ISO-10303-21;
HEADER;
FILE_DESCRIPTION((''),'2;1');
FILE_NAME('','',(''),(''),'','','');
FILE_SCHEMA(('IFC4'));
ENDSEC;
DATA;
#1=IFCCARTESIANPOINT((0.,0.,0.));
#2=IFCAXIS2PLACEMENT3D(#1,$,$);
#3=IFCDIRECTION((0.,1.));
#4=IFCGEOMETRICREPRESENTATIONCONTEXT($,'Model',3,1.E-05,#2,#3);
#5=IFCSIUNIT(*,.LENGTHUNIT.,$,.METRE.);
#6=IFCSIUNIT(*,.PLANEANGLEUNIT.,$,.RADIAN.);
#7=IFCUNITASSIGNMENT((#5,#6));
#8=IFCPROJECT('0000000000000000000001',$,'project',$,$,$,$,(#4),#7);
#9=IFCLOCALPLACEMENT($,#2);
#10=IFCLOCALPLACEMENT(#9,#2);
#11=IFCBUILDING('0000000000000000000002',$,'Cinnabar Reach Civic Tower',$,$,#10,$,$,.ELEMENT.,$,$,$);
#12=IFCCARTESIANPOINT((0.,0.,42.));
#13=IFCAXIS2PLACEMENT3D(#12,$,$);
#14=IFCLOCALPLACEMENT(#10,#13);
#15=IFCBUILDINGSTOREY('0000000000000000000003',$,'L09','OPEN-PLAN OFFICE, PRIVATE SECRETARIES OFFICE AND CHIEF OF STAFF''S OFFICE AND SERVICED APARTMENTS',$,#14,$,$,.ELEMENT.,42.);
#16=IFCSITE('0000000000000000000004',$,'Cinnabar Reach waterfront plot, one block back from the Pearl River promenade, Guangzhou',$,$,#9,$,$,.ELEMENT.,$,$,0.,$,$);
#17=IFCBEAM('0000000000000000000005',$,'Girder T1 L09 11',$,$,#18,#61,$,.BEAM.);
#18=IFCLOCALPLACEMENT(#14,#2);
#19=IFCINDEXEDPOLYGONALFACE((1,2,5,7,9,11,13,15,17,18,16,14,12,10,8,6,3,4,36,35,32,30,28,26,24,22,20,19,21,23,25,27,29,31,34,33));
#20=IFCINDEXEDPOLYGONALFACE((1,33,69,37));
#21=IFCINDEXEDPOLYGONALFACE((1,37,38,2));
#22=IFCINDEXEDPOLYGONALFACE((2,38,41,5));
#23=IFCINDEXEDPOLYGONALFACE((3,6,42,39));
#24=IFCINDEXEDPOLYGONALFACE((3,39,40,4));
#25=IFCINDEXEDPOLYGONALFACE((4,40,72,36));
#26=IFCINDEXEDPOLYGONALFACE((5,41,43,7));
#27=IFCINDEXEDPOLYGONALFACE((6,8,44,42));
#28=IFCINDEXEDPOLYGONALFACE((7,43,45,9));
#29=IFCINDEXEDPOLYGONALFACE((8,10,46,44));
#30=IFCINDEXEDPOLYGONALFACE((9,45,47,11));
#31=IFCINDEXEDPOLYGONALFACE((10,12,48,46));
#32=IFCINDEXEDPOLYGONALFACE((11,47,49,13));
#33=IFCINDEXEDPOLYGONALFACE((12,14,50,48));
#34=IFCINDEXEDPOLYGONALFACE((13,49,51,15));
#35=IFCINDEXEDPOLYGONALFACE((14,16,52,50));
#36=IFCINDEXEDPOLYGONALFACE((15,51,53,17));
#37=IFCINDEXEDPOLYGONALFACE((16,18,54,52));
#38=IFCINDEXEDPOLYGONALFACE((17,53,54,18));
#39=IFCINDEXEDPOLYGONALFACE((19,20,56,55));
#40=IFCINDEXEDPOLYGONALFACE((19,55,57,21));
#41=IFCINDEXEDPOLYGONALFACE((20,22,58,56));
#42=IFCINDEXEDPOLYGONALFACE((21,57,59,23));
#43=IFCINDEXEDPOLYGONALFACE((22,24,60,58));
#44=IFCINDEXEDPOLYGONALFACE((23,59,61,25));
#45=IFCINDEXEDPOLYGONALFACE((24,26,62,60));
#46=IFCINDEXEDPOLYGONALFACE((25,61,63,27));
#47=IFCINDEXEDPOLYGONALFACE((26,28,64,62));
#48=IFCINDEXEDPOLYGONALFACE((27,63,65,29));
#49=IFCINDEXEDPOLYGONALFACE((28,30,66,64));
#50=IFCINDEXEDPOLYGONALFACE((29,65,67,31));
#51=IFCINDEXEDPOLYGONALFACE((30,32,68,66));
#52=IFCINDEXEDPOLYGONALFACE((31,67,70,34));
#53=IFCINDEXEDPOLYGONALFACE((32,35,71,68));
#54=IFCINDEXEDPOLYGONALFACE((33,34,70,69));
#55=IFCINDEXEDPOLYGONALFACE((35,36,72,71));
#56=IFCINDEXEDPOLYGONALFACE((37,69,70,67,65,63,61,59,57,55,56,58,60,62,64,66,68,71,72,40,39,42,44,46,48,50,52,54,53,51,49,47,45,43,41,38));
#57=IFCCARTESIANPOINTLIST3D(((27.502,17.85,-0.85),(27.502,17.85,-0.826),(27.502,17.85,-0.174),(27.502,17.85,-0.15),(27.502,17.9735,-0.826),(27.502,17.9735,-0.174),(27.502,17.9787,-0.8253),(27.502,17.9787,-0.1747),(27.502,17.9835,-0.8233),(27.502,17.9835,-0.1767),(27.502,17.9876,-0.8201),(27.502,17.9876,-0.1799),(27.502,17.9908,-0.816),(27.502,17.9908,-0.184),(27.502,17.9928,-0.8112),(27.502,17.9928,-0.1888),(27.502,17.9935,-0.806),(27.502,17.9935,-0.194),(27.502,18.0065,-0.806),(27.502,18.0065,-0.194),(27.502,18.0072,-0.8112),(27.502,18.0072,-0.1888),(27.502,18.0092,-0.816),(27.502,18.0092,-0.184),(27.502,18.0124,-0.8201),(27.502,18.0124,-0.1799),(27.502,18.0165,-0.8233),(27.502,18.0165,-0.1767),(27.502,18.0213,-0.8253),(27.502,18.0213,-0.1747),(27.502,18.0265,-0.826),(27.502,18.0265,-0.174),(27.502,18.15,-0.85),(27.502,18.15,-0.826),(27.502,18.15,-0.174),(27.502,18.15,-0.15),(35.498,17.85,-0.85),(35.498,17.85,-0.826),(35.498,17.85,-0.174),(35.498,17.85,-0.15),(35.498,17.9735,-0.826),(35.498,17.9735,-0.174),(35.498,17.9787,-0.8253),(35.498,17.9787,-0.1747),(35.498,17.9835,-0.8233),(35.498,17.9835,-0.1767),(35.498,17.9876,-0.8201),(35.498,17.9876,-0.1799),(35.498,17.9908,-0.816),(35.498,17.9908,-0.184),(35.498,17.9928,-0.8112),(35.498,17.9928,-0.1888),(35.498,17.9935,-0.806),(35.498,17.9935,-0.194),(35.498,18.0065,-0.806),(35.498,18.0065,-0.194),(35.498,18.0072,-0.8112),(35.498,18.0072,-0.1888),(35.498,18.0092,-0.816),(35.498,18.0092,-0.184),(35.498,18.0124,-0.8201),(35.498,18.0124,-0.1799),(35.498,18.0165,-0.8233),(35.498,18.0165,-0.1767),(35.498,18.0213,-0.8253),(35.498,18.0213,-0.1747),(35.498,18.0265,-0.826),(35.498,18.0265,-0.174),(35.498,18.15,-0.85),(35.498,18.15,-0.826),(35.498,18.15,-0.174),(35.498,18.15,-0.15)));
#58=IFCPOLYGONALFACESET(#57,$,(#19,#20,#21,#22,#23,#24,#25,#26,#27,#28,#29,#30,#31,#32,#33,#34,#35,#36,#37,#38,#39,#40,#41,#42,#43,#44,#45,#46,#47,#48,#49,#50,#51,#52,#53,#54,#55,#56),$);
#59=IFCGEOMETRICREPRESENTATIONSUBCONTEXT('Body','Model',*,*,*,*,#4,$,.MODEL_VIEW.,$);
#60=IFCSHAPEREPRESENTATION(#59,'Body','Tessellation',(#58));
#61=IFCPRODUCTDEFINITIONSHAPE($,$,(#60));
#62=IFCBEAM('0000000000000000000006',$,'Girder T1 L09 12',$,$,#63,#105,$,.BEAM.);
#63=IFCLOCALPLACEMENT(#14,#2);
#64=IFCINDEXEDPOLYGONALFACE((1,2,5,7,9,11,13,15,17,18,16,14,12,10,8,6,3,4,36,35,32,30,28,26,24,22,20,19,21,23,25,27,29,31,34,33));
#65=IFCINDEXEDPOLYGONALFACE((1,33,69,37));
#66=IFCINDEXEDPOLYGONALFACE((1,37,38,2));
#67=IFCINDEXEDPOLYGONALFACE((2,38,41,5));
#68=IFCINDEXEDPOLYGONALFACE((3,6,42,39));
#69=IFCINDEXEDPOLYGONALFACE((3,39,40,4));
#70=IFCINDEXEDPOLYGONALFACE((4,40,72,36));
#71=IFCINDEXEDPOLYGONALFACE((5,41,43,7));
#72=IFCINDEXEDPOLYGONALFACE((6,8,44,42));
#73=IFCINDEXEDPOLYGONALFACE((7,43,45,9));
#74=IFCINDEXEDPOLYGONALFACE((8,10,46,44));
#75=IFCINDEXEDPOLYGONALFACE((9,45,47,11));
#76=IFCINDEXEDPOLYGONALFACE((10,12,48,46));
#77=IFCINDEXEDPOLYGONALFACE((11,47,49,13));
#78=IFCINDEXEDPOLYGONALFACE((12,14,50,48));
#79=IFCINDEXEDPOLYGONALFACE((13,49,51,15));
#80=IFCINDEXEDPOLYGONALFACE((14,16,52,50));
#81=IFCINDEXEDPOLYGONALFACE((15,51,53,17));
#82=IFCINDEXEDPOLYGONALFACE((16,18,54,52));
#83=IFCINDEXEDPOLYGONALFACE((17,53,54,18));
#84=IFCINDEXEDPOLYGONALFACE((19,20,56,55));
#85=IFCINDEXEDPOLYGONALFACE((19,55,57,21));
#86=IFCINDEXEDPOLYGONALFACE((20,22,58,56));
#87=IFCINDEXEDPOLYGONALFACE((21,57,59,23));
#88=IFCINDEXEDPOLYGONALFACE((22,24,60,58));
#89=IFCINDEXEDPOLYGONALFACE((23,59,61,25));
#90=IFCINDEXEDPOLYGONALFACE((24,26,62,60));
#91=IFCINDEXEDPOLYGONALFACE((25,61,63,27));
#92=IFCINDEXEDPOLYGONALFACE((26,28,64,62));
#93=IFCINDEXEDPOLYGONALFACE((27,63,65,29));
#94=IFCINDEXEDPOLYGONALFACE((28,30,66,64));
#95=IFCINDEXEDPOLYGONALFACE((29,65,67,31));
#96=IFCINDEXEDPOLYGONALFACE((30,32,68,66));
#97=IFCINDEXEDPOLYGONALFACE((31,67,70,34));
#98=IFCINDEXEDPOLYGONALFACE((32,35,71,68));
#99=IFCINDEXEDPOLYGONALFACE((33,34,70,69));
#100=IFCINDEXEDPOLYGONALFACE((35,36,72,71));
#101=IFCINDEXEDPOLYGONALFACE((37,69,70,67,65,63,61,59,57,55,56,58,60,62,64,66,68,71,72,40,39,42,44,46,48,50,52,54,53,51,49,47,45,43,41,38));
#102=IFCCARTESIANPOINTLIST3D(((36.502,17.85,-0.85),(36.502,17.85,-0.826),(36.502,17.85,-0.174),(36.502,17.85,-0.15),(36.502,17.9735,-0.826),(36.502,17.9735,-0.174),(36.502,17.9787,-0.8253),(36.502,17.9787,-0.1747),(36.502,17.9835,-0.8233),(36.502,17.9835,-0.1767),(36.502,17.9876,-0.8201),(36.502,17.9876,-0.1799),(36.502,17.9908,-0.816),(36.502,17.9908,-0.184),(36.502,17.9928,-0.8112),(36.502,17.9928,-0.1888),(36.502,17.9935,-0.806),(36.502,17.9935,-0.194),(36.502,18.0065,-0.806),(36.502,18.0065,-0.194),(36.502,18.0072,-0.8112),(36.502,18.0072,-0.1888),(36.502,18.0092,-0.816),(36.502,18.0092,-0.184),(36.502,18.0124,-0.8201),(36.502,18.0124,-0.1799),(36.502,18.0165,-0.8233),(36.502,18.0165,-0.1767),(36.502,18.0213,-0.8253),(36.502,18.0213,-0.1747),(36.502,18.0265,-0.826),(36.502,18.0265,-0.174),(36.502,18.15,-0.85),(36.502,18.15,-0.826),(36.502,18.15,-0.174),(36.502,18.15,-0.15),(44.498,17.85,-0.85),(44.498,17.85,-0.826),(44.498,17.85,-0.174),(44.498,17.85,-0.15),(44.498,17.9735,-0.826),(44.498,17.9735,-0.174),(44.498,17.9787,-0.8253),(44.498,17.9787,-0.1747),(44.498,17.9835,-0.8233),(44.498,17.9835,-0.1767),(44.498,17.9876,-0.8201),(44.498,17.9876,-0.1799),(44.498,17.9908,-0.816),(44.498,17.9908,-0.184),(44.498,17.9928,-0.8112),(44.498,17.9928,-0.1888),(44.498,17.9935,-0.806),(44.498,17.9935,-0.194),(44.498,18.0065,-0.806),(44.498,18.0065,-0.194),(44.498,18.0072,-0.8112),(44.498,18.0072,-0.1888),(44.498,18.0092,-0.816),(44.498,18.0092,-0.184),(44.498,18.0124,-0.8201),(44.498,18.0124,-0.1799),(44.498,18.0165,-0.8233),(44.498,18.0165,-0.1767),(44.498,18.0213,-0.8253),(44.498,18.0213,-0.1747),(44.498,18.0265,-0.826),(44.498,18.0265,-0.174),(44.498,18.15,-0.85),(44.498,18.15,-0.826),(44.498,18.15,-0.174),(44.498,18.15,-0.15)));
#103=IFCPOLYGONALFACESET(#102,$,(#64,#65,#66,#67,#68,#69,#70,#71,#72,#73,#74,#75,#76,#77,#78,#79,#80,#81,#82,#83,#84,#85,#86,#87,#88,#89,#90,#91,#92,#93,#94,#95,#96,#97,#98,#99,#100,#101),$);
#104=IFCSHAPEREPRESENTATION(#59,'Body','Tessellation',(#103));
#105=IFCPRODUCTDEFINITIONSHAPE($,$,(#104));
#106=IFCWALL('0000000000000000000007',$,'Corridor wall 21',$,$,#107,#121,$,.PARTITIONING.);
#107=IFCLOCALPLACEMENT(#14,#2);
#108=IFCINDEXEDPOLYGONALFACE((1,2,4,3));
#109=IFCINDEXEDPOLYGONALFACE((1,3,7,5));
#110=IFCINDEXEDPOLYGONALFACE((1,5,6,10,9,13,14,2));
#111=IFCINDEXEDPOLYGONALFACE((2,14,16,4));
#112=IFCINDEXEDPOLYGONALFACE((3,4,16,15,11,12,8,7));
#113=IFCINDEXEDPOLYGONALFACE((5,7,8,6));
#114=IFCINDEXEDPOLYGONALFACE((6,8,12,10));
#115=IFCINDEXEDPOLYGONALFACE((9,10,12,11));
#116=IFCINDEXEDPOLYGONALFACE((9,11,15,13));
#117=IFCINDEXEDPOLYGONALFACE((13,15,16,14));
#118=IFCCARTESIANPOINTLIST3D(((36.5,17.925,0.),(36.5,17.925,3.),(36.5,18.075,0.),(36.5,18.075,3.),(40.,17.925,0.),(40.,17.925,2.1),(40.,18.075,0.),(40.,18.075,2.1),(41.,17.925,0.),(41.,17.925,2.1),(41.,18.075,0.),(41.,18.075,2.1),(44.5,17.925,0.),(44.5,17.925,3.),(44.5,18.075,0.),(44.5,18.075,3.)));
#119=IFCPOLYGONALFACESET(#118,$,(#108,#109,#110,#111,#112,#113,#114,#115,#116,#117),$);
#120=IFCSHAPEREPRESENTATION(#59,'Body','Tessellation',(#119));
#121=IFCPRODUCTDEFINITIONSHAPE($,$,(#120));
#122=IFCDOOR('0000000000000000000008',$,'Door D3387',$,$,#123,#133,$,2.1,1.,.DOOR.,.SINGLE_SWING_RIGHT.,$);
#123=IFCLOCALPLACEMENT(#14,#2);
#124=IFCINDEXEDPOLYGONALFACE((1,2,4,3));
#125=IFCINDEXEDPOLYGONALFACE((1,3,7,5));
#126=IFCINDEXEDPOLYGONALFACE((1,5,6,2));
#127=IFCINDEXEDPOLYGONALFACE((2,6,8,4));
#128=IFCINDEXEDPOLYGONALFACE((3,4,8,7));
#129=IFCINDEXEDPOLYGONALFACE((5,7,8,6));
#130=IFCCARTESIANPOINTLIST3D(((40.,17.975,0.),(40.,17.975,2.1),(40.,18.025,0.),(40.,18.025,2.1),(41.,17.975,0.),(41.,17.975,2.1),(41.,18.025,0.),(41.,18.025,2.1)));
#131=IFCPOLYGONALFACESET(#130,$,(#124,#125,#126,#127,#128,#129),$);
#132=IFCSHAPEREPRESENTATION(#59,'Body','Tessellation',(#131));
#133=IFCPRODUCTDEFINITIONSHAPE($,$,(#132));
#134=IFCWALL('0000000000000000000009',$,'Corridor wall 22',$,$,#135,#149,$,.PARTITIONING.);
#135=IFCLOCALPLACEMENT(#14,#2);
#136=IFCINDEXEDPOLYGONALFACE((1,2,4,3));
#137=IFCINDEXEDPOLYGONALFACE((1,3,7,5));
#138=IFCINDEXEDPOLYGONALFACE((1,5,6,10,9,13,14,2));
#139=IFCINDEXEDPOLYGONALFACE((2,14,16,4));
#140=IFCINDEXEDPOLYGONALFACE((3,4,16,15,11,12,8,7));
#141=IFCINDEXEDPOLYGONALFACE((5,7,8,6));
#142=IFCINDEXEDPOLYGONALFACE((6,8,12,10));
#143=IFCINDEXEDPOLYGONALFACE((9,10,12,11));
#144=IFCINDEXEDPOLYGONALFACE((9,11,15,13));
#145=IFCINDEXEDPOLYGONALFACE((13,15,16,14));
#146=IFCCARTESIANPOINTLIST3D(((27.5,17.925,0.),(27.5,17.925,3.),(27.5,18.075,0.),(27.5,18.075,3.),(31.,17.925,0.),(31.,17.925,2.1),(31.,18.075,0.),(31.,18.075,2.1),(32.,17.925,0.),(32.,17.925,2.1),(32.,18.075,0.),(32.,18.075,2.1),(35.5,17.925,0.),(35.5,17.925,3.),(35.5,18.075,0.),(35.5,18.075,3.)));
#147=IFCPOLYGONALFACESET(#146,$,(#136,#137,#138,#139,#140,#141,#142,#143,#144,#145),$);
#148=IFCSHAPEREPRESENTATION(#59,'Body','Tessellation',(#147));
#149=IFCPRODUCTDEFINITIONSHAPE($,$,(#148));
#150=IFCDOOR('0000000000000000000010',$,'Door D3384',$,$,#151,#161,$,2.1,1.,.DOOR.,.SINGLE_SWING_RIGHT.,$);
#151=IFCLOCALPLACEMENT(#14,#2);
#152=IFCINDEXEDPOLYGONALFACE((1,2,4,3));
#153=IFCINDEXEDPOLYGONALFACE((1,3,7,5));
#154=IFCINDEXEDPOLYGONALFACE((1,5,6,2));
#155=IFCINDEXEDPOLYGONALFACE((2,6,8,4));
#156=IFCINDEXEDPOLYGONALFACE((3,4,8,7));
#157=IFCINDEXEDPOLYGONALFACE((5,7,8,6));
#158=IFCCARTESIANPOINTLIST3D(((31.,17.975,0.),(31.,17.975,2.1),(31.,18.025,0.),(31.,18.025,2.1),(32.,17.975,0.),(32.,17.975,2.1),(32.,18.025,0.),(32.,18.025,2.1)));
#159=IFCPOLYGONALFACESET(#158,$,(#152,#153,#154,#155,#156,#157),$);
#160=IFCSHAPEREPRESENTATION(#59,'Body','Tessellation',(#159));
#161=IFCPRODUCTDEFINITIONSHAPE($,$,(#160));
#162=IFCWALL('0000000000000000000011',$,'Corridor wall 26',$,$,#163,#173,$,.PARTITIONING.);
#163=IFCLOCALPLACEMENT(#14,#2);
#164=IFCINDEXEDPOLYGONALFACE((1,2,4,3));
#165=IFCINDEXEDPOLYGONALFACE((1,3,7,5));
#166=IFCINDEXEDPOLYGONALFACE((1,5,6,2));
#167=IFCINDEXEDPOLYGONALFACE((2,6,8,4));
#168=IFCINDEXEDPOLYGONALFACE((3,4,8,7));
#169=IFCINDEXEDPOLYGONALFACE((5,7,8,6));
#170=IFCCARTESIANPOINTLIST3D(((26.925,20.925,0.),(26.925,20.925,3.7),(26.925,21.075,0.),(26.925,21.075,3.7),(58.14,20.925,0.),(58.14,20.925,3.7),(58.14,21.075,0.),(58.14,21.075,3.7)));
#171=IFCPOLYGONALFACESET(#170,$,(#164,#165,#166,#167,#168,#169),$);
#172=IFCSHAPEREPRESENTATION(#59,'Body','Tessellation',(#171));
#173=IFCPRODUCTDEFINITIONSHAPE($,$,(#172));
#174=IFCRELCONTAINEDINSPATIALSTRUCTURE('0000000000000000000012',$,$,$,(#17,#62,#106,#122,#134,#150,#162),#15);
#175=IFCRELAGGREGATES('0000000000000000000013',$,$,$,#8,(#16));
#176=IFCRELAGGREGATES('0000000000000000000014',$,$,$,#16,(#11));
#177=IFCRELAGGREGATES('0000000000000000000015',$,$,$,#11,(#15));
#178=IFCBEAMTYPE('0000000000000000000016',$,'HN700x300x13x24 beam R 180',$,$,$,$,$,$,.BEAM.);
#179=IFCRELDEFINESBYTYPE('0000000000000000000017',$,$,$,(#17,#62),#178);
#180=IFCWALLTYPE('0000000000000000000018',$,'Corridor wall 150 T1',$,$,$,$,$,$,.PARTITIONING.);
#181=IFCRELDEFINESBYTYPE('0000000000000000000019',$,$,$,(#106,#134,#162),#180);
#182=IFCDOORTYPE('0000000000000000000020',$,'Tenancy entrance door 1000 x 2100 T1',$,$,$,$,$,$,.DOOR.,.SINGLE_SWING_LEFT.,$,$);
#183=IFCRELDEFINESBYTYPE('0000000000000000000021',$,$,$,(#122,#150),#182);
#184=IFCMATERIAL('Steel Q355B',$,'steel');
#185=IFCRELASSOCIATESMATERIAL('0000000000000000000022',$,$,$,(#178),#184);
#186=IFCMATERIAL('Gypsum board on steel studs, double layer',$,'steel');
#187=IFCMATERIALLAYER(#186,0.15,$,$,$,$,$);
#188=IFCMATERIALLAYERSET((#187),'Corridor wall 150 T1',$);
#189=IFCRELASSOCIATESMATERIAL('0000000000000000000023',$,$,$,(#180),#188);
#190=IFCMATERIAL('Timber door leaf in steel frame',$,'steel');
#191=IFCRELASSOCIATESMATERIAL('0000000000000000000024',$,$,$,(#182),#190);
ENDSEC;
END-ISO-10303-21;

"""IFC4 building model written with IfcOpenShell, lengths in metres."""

from ifc_helpers import new_model, si_unit, direction, frame, frame_2d, origin, origin_2d, place, context, subcontext, project, spatial, rectangle, i_section, extrude, material, layer, layer_set, material_profile, profile_set, type_object, element, fill, save


model = new_model("IFC4")

# Units and contexts
model_context = context("Model", 3, precision=1e-05, world=origin(), true_north=direction((0.0, 1.0)))
body_context = subcontext(model_context, "Body", "Model", "MODEL_VIEW")
ifc_project = project(units=[si_unit("LENGTHUNIT", "METRE"), si_unit("PLANEANGLEUNIT", "RADIAN")], contexts=[model_context])

# Site, building, storey
site_placement = place(None, origin())
site = spatial("IfcSite", under=ifc_project, at=site_placement, Name="Cinnabar Reach waterfront plot, one block back from the Pearl River promenade, Guangzhou", CompositionType="ELEMENT", RefElevation=0.0)
building_placement = place(site_placement, origin())
building = spatial("IfcBuilding", under=site, at=building_placement, Name="Cinnabar Reach Civic Tower", CompositionType="ELEMENT")
storey_placement = place(building_placement, frame((0.0, 0.0, 42.0)))
storey = spatial("IfcBuildingStorey", under=building, at=storey_placement, Name="L09", Description="OPEN-PLAN OFFICE, PRIVATE SECRETARIES OFFICE AND CHIEF OF STAFF'S OFFICE AND SERVICED APARTMENTS", CompositionType="ELEMENT", Elevation=42.0)

# Beams
ifc_material_1 = material(Name="Steel Q355B", Category="steel")
ifc_material_profile_1 = material_profile(ifc_material_1, i_section(OverallWidth=0.3, OverallDepth=0.7, WebThickness=0.013, FlangeThickness=0.024, FilletRadius=0.02, at=origin_2d()), Name="HN700x300x13x24")
ifc_profile_set_1 = profile_set([ifc_material_profile_1], Name="Steel Q355B")
beam_type_1 = type_object("IfcBeamType", Name="HN700x300x13x24 beam R 180", PredefinedType="BEAM", material=ifc_profile_set_1)
for number, where, z_axis, x_axis, name in (
    (1, (27.502, 18.0, -0.5), (1.0, 0.0, 0.0), (0.0, 1.0, 0.0), "Girder T1 L09 11"),
    (2, (36.502, 18.0, -0.5), (1.0, 0.0, 0.0), (0.0, 1.0, 0.0), "Girder T1 L09 12"),
):
    element("IfcBeam", number, at=place(storey_placement, frame(where, z_axis=z_axis, x_axis=x_axis)), inside=storey, type_object=beam_type_1, Name=name, PredefinedType="BEAM", context=body_context, shape_type="SweptSolid", body=[
        extrude(i_section(OverallWidth=0.3, OverallDepth=0.7, WebThickness=0.013, FlangeThickness=0.024, FilletRadius=0.02, at=origin_2d()), origin(), (0.0, 0.0, 1.0), 7.996),
    ])

# Walls, openings, doors
ifc_material_2 = material(Name="Gypsum board on steel studs, double layer", Category="steel")
ifc_layer_1 = layer(ifc_material_2, 0.15)
ifc_layer_set_1 = layer_set([ifc_layer_1], Name="Corridor wall 150 T1")
wall_type_1 = type_object("IfcWallType", Name="Corridor wall 150 T1", PredefinedType="PARTITIONING", material=ifc_layer_set_1)
wall_1_placement = place(storey_placement, frame((36.5, 18.0, 0.0), z_axis=(0.0, 0.0, 1.0), x_axis=(1.0, 0.0, 0.0)))
wall_1 = element("IfcWall", 3, at=wall_1_placement, inside=storey, type_object=wall_type_1, Name="Corridor wall 21", PredefinedType="PARTITIONING", context=body_context, shape_type="SweptSolid", body=[
    extrude(rectangle(XDim=8.0, YDim=0.15, at=frame_2d((4.0, 0.0))), origin(), (0.0, 0.0, 1.0), 3.0),
])
opening_1_placement = place(wall_1_placement, frame((3.5, 0.0, 0.0)))
opening_1 = element("IfcOpeningElement", 4, at=opening_1_placement, cuts=wall_1, PredefinedType="OPENING", context=body_context, shape_type="SweptSolid", body=[
    extrude(rectangle(XDim=1.0, YDim=2.1, at=frame_2d((0.5, 1.05))), frame((0.0, 0.085, 0.0), z_axis=(0.0, -1.0, 0.0), x_axis=(1.0, 0.0, 0.0)), (0.0, 0.0, 1.0), 0.17),
])
ifc_material_3 = material(Name="Timber door leaf in steel frame", Category="steel")
door_type_1 = type_object("IfcDoorType", Name="Tenancy entrance door 1000 x 2100 T1", OperationType="SINGLE_SWING_LEFT", PredefinedType="DOOR", material=ifc_material_3)
door_1_placement = place(opening_1_placement, frame((1.0, 0.0, 0.0), z_axis=(0.0, 0.0, 1.0), x_axis=(-1.0, 0.0, 0.0)))
door_1 = element("IfcDoor", 5, at=door_1_placement, inside=storey, type_object=door_type_1, Name="Door D3387", OperationType="SINGLE_SWING_RIGHT", OverallHeight=2.1, OverallWidth=1.0, PredefinedType="DOOR", context=body_context, shape_type="SweptSolid", body=[
    extrude(rectangle(XDim=1.0, YDim=2.1, at=frame_2d((0.5, 1.05))), frame((0.0, 0.025, 0.0), z_axis=(0.0, -1.0, 0.0), x_axis=(1.0, 0.0, 0.0)), (0.0, 0.0, 1.0), 0.05),
])
fill(opening_1, door_1)
wall_2_placement = place(storey_placement, frame((27.5, 18.0, 0.0), z_axis=(0.0, 0.0, 1.0), x_axis=(1.0, 0.0, 0.0)))
wall_2 = element("IfcWall", 6, at=wall_2_placement, inside=storey, type_object=wall_type_1, Name="Corridor wall 22", PredefinedType="PARTITIONING", context=body_context, shape_type="SweptSolid", body=[
    extrude(rectangle(XDim=8.0, YDim=0.15, at=frame_2d((4.0, 0.0))), origin(), (0.0, 0.0, 1.0), 3.0),
])
opening_2_placement = place(wall_2_placement, frame((3.5, 0.0, 0.0)))
opening_2 = element("IfcOpeningElement", 7, at=opening_2_placement, cuts=wall_2, PredefinedType="OPENING", context=body_context, shape_type="SweptSolid", body=[
    extrude(rectangle(XDim=1.0, YDim=2.1, at=frame_2d((0.5, 1.05))), frame((0.0, 0.085, 0.0), z_axis=(0.0, -1.0, 0.0), x_axis=(1.0, 0.0, 0.0)), (0.0, 0.0, 1.0), 0.17),
])
door_2_placement = place(opening_2_placement, frame((1.0, 0.0, 0.0), z_axis=(0.0, 0.0, 1.0), x_axis=(-1.0, 0.0, 0.0)))
door_2 = element("IfcDoor", 8, at=door_2_placement, inside=storey, type_object=door_type_1, Name="Door D3384", OperationType="SINGLE_SWING_RIGHT", OverallHeight=2.1, OverallWidth=1.0, PredefinedType="DOOR", context=body_context, shape_type="SweptSolid", body=[
    extrude(rectangle(XDim=1.0, YDim=2.1, at=frame_2d((0.5, 1.05))), frame((0.0, 0.025, 0.0), z_axis=(0.0, -1.0, 0.0), x_axis=(1.0, 0.0, 0.0)), (0.0, 0.0, 1.0), 0.05),
])
fill(opening_2, door_2)

# Wall
wall_3_placement = place(storey_placement, frame((26.925, 21.0, 0.0), z_axis=(0.0, 0.0, 1.0), x_axis=(1.0, 0.0, 0.0)))
element("IfcWall", 9, at=wall_3_placement, inside=storey, type_object=wall_type_1, Name="Corridor wall 26", PredefinedType="PARTITIONING", context=body_context, shape_type="SweptSolid", body=[
    extrude(rectangle(XDim=31.215, YDim=0.15, at=frame_2d((15.6075, 0.0))), origin(), (0.0, 0.0, 1.0), 3.7),
])

save(model, "model.ifc")
